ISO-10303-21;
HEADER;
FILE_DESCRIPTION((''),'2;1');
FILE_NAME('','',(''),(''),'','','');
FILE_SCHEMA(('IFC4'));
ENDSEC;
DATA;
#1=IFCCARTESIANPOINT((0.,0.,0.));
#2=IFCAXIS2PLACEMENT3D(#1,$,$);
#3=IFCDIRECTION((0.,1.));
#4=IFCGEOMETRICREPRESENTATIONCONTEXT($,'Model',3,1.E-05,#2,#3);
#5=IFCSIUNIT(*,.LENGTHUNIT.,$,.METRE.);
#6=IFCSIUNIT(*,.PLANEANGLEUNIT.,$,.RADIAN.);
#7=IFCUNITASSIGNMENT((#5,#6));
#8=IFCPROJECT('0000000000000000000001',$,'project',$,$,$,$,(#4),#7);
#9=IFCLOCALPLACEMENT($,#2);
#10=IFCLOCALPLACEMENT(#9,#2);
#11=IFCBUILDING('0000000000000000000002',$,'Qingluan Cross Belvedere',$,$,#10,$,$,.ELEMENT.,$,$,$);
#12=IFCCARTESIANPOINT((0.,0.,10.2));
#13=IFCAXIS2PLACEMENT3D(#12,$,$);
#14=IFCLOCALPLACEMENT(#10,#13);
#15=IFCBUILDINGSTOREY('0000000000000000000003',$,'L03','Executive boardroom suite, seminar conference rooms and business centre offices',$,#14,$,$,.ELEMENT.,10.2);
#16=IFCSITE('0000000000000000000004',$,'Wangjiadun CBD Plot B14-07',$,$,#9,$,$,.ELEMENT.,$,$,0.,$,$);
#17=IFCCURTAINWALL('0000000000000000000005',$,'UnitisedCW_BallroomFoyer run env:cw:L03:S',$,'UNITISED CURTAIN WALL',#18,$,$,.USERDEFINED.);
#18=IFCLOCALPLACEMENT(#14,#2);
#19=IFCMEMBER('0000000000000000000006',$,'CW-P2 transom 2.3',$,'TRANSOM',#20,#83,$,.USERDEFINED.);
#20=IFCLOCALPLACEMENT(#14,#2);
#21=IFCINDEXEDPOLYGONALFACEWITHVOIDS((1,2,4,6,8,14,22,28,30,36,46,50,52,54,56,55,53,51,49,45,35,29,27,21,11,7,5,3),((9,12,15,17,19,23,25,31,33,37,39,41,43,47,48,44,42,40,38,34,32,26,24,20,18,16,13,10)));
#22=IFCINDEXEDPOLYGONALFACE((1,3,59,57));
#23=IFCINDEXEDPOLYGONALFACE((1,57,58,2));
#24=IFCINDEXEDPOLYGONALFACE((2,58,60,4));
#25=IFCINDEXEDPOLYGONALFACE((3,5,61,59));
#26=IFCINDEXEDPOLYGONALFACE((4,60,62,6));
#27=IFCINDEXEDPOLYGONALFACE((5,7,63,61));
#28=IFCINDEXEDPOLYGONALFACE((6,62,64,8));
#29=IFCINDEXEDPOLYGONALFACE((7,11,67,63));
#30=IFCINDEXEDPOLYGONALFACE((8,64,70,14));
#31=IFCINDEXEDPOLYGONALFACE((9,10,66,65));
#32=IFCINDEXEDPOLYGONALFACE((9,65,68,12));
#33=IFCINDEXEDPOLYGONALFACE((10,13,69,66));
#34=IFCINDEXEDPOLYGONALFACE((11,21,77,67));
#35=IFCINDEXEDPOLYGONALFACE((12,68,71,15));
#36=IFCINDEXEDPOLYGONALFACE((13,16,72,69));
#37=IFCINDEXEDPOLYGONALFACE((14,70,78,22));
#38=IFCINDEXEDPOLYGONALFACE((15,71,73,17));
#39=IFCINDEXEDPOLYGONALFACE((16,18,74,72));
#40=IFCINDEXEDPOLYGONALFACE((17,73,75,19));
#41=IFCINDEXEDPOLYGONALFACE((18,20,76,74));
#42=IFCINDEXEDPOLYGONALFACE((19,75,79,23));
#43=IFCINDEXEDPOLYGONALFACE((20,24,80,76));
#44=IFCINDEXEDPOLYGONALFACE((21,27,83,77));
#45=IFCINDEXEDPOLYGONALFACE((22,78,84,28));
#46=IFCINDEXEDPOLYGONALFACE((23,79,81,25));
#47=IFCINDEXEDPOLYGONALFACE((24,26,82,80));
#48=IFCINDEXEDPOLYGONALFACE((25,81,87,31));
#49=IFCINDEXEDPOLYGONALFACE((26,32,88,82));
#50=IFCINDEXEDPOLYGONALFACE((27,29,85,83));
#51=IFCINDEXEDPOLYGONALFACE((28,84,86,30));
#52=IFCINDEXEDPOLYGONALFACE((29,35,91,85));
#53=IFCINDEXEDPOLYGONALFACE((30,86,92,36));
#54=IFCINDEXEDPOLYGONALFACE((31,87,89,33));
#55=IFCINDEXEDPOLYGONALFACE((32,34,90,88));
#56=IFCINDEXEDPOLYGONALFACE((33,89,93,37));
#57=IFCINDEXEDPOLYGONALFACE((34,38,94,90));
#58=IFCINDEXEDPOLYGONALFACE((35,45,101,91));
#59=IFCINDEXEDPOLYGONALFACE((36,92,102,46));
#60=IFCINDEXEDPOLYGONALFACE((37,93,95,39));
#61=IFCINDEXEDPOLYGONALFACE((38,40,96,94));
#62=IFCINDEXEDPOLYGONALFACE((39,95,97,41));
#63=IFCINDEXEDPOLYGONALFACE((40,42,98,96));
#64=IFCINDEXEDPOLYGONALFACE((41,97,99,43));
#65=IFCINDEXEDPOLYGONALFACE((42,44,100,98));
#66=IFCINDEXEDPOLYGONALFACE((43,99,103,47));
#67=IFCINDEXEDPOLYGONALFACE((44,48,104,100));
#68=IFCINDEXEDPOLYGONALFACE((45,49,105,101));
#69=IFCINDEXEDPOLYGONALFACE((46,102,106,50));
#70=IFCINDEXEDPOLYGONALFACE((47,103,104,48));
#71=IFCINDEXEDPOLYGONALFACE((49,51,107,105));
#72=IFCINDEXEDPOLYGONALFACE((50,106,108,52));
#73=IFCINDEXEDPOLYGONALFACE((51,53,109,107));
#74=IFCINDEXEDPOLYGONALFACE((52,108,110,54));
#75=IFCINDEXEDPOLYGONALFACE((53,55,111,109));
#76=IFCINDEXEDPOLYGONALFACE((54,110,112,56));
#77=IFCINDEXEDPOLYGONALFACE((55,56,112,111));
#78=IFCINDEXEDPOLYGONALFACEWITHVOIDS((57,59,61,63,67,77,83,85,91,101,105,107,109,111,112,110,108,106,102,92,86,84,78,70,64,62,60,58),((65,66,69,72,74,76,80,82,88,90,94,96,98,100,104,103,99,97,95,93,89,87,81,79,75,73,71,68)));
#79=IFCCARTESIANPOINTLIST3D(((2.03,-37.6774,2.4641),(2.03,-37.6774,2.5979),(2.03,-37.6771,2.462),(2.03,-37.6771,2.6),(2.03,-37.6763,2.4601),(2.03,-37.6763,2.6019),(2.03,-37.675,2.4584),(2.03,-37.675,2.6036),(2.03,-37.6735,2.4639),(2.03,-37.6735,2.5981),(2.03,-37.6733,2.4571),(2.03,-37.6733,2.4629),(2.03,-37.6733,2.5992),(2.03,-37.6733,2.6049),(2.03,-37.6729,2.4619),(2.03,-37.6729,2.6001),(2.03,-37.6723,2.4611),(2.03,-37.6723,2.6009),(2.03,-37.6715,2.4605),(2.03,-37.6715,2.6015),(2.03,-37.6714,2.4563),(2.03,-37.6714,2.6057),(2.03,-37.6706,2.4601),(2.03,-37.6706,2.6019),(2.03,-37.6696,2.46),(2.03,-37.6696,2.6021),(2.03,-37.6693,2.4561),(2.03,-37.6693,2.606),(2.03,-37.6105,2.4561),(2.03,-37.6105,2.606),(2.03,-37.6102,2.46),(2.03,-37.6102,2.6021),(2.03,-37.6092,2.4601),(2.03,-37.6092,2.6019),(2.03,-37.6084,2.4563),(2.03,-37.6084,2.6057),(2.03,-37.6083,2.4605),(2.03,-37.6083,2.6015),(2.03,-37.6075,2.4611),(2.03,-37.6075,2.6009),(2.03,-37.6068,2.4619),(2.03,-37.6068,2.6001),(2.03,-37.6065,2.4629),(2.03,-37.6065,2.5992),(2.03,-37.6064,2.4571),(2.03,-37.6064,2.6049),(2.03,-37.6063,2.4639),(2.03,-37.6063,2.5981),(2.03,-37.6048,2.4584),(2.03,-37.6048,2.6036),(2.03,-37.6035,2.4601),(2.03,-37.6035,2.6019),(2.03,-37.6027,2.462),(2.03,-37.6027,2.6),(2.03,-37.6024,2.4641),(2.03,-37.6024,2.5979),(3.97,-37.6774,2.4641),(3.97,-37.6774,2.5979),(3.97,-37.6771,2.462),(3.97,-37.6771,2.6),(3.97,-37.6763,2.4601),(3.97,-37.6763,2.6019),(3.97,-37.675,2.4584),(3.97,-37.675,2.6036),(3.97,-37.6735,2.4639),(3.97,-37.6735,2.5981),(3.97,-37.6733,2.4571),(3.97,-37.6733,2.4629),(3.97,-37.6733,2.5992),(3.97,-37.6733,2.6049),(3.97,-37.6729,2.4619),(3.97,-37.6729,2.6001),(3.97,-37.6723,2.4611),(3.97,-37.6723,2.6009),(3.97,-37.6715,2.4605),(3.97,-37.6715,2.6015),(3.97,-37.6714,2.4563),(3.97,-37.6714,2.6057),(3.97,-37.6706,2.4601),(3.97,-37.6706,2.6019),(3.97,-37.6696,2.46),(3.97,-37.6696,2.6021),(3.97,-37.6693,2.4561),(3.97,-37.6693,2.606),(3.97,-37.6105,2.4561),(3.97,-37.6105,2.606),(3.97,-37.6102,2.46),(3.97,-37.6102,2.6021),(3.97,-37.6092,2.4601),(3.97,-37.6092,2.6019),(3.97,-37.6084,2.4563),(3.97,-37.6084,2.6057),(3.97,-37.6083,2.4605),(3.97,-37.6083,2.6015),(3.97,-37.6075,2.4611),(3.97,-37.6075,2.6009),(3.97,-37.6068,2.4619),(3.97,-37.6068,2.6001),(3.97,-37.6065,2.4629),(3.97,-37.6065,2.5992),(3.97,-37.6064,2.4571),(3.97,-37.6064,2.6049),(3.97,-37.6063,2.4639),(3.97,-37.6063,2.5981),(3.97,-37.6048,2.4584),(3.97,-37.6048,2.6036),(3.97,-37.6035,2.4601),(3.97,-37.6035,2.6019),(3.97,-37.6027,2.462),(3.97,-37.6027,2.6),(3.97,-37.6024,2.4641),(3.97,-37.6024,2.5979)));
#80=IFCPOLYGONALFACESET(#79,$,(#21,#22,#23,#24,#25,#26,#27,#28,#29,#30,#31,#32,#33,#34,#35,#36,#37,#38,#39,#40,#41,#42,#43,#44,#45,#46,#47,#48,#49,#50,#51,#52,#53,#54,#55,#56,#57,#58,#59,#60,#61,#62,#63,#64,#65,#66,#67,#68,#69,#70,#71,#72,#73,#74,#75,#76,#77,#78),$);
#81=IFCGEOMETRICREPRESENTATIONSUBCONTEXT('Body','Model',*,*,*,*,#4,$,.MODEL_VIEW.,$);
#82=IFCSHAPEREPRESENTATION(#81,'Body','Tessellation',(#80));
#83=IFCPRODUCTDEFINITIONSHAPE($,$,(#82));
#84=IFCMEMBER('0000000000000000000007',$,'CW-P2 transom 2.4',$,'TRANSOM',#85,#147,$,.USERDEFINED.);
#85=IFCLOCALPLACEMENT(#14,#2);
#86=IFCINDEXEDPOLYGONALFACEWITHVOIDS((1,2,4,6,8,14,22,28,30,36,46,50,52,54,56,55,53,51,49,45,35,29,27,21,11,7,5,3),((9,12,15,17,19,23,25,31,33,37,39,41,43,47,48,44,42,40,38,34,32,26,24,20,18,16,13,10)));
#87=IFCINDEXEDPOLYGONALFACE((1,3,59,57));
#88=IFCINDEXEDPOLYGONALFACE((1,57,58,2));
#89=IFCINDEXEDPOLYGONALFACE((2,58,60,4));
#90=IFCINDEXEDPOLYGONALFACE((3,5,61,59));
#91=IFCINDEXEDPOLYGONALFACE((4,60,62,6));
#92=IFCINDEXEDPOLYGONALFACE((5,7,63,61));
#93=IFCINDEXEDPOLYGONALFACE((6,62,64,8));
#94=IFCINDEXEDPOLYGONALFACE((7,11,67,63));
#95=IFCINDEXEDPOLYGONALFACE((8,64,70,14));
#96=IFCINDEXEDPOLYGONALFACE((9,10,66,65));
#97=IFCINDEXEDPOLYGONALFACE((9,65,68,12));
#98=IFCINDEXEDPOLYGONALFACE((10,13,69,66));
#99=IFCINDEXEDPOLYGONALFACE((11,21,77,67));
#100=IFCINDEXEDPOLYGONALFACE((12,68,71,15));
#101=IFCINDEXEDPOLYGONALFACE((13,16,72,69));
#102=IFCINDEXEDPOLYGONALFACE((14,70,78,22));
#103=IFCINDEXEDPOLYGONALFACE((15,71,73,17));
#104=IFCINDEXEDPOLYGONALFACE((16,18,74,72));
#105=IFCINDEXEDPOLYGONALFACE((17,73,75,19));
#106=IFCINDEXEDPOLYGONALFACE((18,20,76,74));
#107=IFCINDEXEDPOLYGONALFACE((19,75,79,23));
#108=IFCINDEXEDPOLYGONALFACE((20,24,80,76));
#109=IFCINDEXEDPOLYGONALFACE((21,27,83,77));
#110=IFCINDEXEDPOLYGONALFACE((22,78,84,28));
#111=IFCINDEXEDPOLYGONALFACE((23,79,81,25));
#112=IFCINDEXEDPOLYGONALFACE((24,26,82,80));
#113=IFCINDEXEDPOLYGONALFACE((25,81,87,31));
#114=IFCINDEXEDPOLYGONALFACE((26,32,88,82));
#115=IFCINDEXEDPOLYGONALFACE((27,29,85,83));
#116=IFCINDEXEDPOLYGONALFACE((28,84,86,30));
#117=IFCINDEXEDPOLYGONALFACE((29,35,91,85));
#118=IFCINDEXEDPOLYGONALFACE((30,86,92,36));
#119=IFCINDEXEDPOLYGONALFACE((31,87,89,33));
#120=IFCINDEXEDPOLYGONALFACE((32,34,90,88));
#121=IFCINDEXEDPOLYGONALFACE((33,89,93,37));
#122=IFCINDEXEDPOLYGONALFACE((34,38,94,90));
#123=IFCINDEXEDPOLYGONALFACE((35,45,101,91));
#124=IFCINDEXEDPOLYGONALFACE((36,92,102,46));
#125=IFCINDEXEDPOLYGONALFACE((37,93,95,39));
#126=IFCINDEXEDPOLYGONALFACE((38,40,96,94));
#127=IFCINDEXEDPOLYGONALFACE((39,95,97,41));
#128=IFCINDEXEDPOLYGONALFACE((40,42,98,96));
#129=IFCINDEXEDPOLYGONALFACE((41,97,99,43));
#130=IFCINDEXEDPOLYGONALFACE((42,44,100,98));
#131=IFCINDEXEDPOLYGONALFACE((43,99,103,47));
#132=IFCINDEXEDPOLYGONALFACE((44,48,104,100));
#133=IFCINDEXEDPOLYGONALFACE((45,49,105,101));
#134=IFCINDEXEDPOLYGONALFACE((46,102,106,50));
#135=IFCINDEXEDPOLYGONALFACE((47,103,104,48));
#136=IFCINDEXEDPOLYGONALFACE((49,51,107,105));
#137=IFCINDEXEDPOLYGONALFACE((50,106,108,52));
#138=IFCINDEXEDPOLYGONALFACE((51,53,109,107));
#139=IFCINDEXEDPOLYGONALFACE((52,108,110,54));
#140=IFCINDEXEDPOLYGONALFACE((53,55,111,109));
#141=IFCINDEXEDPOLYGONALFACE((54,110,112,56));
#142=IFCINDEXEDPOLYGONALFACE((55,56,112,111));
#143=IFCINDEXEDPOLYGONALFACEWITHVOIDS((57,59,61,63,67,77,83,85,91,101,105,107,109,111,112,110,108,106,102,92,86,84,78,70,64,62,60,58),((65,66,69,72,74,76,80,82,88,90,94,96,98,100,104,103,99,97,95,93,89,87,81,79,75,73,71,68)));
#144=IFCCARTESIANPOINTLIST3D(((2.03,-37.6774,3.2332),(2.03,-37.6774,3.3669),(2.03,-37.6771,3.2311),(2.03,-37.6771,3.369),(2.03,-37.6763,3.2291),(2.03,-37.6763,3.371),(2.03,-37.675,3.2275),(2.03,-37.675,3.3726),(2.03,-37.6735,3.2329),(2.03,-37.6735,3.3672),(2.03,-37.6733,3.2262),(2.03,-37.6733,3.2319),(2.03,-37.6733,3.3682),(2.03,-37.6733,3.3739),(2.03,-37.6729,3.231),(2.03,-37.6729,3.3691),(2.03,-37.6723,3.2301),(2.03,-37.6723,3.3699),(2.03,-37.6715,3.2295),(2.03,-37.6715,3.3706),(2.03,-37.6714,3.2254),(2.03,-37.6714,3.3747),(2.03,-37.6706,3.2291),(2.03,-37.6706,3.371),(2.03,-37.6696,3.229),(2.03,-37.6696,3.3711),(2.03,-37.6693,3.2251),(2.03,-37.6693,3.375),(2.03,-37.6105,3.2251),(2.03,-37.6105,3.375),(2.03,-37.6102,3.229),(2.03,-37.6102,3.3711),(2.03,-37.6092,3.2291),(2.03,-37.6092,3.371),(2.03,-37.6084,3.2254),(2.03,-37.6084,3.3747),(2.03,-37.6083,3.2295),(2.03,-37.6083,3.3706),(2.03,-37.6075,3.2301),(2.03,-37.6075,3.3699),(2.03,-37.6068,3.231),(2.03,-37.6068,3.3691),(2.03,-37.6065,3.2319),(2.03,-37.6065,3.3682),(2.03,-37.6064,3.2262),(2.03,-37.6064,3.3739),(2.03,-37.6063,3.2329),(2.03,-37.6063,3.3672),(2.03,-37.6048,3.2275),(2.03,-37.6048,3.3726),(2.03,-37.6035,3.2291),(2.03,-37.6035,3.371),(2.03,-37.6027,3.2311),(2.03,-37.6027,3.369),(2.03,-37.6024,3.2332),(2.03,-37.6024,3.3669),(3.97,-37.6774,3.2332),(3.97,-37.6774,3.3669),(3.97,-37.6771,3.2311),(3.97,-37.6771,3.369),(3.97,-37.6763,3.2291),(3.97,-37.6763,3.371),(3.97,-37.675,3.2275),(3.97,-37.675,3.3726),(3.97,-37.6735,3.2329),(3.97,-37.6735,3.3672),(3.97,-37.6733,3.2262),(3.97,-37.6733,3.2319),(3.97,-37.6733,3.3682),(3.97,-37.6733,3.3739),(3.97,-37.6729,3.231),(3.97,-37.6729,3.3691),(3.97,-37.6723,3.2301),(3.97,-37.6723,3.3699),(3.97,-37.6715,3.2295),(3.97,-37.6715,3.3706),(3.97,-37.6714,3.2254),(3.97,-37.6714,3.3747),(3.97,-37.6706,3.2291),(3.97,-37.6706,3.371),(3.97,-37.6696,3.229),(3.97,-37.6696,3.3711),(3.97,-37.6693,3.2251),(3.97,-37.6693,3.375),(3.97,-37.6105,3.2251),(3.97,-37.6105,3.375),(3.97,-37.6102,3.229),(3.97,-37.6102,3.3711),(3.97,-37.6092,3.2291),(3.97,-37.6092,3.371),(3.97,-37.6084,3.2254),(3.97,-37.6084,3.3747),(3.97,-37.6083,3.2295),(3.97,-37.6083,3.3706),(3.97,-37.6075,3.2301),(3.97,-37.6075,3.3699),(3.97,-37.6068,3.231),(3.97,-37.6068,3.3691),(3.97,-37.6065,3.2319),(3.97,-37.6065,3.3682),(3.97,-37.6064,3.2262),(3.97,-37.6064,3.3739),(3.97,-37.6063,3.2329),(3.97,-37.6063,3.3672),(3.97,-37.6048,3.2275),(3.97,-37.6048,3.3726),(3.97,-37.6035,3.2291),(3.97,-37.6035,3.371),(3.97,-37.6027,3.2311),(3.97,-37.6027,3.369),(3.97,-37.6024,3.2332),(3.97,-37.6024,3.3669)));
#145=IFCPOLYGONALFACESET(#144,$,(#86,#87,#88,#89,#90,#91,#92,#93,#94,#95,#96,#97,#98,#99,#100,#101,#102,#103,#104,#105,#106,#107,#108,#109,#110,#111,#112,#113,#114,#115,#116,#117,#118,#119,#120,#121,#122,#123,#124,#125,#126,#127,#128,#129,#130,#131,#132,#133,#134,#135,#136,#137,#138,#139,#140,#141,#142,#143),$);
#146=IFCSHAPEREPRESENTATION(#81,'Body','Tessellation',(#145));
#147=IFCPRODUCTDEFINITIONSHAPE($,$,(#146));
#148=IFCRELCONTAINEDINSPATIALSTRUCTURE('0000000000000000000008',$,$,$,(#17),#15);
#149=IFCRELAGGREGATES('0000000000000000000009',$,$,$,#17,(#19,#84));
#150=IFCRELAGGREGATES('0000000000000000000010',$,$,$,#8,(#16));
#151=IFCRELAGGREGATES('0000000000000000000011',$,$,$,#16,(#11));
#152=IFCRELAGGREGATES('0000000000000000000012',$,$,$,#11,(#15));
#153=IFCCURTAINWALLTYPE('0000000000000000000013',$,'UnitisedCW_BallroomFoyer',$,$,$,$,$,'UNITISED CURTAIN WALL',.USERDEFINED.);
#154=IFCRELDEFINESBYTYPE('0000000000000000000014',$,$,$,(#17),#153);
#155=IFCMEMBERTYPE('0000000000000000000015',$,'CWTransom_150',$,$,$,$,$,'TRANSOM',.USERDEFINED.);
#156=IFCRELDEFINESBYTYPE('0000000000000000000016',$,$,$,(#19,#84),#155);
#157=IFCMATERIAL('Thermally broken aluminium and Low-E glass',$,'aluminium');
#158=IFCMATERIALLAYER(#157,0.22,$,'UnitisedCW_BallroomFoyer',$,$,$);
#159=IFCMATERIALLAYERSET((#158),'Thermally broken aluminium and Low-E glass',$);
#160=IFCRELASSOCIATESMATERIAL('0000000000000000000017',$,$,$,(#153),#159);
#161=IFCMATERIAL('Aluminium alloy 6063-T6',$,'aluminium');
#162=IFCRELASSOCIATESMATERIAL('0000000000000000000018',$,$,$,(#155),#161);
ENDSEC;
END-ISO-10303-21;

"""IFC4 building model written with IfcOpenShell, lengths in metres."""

from ifc_helpers import new_model, si_unit, direction, frame, origin, origin_2d, place, context, subcontext, project, spatial, hollow_rectangle, extrude, material, layer, layer_set, material_profile, profile_set, type_object, element, aggregate, save


model = new_model("IFC4")

# Units and contexts
model_context = context("Model", 3, precision=1e-05, world=origin(), true_north=direction((0.0, 1.0)))
body_context = subcontext(model_context, "Body", "Model", "MODEL_VIEW")
ifc_project = project(units=[si_unit("LENGTHUNIT", "METRE"), si_unit("PLANEANGLEUNIT", "RADIAN")], contexts=[model_context])

# Site, building, storey
site_placement = place(None, origin())
site = spatial("IfcSite", under=ifc_project, at=site_placement, Name="Wangjiadun CBD Plot B14-07", CompositionType="ELEMENT", RefElevation=0.0)
building_placement = place(site_placement, origin())
building = spatial("IfcBuilding", under=site, at=building_placement, Name="Qingluan Cross Belvedere", CompositionType="ELEMENT")
storey_placement = place(building_placement, frame((0.0, 0.0, 10.2)))
storey = spatial("IfcBuildingStorey", under=building, at=storey_placement, Name="L03", Description="Executive boardroom suite, seminar conference rooms and business centre offices", CompositionType="ELEMENT", Elevation=10.2)

# Curtain wall, members
ifc_material_1 = material(Name="Thermally broken aluminium and Low-E glass", Category="aluminium")
ifc_layer_1 = layer(ifc_material_1, 0.22, Name="UnitisedCW_BallroomFoyer")
ifc_layer_set_1 = layer_set([ifc_layer_1], Name="Thermally broken aluminium and Low-E glass")
curtain_wall_type = type_object("IfcCurtainWallType", Name="UnitisedCW_BallroomFoyer", ElementType="UNITISED CURTAIN WALL", PredefinedType="USERDEFINED", material=ifc_layer_set_1)
curtain_wall_placement = place(storey_placement, origin())
curtain_wall = element("IfcCurtainWall", 1, at=curtain_wall_placement, inside=storey, type_object=curtain_wall_type, Name="UnitisedCW_BallroomFoyer run env:cw:L03:S", ObjectType="UNITISED CURTAIN WALL", PredefinedType="USERDEFINED")
ifc_material_2 = material(Name="Aluminium alloy 6063-T6", Category="aluminium")
ifc_material_profile_1 = material_profile(ifc_material_2, hollow_rectangle(XDim=0.075, YDim=0.1499, WallThickness=0.0039, InnerFilletRadius=0.0039, OuterFilletRadius=0.0081, at=origin_2d()), Name="CWT150x75x4")
ifc_profile_set_1 = profile_set([ifc_material_profile_1], Name="Aluminium alloy 6063-T6")
member_type_1 = type_object("IfcMemberType", Name="CWTransom_150", ElementType="TRANSOM", PredefinedType="USERDEFINED", material=ifc_profile_set_1)
member_1_placement = place(storey_placement, frame((3.97, -37.6399, 2.531), z_axis=(-1.0, 0.0, 0.0), x_axis=(0.0, -1.0, 0.0)))
member_1 = element("IfcMember", 2, at=member_1_placement, type_object=member_type_1, Name="CW-P2 transom 2.3", ObjectType="TRANSOM", PredefinedType="USERDEFINED", context=body_context, shape_type="SweptSolid", body=[
    extrude(hollow_rectangle(XDim=0.075, YDim=0.1499, WallThickness=0.0039, InnerFilletRadius=0.0039, OuterFilletRadius=0.0081, at=origin_2d()), origin(), (0.0, 0.0, 1.0), 1.9399),
])
member_2_placement = place(storey_placement, frame((3.97, -37.6399, 3.3), z_axis=(-1.0, 0.0, 0.0), x_axis=(0.0, -1.0, 0.0)))
member_2 = element("IfcMember", 3, at=member_2_placement, type_object=member_type_1, Name="CW-P2 transom 2.4", ObjectType="TRANSOM", PredefinedType="USERDEFINED", context=body_context, shape_type="SweptSolid", body=[
    extrude(hollow_rectangle(XDim=0.075, YDim=0.1499, WallThickness=0.0039, InnerFilletRadius=0.0039, OuterFilletRadius=0.0081, at=origin_2d()), origin(), (0.0, 0.0, 1.0), 1.9399),
])
aggregate(curtain_wall, [member_1, member_2])

save(model, "model.ifc")
